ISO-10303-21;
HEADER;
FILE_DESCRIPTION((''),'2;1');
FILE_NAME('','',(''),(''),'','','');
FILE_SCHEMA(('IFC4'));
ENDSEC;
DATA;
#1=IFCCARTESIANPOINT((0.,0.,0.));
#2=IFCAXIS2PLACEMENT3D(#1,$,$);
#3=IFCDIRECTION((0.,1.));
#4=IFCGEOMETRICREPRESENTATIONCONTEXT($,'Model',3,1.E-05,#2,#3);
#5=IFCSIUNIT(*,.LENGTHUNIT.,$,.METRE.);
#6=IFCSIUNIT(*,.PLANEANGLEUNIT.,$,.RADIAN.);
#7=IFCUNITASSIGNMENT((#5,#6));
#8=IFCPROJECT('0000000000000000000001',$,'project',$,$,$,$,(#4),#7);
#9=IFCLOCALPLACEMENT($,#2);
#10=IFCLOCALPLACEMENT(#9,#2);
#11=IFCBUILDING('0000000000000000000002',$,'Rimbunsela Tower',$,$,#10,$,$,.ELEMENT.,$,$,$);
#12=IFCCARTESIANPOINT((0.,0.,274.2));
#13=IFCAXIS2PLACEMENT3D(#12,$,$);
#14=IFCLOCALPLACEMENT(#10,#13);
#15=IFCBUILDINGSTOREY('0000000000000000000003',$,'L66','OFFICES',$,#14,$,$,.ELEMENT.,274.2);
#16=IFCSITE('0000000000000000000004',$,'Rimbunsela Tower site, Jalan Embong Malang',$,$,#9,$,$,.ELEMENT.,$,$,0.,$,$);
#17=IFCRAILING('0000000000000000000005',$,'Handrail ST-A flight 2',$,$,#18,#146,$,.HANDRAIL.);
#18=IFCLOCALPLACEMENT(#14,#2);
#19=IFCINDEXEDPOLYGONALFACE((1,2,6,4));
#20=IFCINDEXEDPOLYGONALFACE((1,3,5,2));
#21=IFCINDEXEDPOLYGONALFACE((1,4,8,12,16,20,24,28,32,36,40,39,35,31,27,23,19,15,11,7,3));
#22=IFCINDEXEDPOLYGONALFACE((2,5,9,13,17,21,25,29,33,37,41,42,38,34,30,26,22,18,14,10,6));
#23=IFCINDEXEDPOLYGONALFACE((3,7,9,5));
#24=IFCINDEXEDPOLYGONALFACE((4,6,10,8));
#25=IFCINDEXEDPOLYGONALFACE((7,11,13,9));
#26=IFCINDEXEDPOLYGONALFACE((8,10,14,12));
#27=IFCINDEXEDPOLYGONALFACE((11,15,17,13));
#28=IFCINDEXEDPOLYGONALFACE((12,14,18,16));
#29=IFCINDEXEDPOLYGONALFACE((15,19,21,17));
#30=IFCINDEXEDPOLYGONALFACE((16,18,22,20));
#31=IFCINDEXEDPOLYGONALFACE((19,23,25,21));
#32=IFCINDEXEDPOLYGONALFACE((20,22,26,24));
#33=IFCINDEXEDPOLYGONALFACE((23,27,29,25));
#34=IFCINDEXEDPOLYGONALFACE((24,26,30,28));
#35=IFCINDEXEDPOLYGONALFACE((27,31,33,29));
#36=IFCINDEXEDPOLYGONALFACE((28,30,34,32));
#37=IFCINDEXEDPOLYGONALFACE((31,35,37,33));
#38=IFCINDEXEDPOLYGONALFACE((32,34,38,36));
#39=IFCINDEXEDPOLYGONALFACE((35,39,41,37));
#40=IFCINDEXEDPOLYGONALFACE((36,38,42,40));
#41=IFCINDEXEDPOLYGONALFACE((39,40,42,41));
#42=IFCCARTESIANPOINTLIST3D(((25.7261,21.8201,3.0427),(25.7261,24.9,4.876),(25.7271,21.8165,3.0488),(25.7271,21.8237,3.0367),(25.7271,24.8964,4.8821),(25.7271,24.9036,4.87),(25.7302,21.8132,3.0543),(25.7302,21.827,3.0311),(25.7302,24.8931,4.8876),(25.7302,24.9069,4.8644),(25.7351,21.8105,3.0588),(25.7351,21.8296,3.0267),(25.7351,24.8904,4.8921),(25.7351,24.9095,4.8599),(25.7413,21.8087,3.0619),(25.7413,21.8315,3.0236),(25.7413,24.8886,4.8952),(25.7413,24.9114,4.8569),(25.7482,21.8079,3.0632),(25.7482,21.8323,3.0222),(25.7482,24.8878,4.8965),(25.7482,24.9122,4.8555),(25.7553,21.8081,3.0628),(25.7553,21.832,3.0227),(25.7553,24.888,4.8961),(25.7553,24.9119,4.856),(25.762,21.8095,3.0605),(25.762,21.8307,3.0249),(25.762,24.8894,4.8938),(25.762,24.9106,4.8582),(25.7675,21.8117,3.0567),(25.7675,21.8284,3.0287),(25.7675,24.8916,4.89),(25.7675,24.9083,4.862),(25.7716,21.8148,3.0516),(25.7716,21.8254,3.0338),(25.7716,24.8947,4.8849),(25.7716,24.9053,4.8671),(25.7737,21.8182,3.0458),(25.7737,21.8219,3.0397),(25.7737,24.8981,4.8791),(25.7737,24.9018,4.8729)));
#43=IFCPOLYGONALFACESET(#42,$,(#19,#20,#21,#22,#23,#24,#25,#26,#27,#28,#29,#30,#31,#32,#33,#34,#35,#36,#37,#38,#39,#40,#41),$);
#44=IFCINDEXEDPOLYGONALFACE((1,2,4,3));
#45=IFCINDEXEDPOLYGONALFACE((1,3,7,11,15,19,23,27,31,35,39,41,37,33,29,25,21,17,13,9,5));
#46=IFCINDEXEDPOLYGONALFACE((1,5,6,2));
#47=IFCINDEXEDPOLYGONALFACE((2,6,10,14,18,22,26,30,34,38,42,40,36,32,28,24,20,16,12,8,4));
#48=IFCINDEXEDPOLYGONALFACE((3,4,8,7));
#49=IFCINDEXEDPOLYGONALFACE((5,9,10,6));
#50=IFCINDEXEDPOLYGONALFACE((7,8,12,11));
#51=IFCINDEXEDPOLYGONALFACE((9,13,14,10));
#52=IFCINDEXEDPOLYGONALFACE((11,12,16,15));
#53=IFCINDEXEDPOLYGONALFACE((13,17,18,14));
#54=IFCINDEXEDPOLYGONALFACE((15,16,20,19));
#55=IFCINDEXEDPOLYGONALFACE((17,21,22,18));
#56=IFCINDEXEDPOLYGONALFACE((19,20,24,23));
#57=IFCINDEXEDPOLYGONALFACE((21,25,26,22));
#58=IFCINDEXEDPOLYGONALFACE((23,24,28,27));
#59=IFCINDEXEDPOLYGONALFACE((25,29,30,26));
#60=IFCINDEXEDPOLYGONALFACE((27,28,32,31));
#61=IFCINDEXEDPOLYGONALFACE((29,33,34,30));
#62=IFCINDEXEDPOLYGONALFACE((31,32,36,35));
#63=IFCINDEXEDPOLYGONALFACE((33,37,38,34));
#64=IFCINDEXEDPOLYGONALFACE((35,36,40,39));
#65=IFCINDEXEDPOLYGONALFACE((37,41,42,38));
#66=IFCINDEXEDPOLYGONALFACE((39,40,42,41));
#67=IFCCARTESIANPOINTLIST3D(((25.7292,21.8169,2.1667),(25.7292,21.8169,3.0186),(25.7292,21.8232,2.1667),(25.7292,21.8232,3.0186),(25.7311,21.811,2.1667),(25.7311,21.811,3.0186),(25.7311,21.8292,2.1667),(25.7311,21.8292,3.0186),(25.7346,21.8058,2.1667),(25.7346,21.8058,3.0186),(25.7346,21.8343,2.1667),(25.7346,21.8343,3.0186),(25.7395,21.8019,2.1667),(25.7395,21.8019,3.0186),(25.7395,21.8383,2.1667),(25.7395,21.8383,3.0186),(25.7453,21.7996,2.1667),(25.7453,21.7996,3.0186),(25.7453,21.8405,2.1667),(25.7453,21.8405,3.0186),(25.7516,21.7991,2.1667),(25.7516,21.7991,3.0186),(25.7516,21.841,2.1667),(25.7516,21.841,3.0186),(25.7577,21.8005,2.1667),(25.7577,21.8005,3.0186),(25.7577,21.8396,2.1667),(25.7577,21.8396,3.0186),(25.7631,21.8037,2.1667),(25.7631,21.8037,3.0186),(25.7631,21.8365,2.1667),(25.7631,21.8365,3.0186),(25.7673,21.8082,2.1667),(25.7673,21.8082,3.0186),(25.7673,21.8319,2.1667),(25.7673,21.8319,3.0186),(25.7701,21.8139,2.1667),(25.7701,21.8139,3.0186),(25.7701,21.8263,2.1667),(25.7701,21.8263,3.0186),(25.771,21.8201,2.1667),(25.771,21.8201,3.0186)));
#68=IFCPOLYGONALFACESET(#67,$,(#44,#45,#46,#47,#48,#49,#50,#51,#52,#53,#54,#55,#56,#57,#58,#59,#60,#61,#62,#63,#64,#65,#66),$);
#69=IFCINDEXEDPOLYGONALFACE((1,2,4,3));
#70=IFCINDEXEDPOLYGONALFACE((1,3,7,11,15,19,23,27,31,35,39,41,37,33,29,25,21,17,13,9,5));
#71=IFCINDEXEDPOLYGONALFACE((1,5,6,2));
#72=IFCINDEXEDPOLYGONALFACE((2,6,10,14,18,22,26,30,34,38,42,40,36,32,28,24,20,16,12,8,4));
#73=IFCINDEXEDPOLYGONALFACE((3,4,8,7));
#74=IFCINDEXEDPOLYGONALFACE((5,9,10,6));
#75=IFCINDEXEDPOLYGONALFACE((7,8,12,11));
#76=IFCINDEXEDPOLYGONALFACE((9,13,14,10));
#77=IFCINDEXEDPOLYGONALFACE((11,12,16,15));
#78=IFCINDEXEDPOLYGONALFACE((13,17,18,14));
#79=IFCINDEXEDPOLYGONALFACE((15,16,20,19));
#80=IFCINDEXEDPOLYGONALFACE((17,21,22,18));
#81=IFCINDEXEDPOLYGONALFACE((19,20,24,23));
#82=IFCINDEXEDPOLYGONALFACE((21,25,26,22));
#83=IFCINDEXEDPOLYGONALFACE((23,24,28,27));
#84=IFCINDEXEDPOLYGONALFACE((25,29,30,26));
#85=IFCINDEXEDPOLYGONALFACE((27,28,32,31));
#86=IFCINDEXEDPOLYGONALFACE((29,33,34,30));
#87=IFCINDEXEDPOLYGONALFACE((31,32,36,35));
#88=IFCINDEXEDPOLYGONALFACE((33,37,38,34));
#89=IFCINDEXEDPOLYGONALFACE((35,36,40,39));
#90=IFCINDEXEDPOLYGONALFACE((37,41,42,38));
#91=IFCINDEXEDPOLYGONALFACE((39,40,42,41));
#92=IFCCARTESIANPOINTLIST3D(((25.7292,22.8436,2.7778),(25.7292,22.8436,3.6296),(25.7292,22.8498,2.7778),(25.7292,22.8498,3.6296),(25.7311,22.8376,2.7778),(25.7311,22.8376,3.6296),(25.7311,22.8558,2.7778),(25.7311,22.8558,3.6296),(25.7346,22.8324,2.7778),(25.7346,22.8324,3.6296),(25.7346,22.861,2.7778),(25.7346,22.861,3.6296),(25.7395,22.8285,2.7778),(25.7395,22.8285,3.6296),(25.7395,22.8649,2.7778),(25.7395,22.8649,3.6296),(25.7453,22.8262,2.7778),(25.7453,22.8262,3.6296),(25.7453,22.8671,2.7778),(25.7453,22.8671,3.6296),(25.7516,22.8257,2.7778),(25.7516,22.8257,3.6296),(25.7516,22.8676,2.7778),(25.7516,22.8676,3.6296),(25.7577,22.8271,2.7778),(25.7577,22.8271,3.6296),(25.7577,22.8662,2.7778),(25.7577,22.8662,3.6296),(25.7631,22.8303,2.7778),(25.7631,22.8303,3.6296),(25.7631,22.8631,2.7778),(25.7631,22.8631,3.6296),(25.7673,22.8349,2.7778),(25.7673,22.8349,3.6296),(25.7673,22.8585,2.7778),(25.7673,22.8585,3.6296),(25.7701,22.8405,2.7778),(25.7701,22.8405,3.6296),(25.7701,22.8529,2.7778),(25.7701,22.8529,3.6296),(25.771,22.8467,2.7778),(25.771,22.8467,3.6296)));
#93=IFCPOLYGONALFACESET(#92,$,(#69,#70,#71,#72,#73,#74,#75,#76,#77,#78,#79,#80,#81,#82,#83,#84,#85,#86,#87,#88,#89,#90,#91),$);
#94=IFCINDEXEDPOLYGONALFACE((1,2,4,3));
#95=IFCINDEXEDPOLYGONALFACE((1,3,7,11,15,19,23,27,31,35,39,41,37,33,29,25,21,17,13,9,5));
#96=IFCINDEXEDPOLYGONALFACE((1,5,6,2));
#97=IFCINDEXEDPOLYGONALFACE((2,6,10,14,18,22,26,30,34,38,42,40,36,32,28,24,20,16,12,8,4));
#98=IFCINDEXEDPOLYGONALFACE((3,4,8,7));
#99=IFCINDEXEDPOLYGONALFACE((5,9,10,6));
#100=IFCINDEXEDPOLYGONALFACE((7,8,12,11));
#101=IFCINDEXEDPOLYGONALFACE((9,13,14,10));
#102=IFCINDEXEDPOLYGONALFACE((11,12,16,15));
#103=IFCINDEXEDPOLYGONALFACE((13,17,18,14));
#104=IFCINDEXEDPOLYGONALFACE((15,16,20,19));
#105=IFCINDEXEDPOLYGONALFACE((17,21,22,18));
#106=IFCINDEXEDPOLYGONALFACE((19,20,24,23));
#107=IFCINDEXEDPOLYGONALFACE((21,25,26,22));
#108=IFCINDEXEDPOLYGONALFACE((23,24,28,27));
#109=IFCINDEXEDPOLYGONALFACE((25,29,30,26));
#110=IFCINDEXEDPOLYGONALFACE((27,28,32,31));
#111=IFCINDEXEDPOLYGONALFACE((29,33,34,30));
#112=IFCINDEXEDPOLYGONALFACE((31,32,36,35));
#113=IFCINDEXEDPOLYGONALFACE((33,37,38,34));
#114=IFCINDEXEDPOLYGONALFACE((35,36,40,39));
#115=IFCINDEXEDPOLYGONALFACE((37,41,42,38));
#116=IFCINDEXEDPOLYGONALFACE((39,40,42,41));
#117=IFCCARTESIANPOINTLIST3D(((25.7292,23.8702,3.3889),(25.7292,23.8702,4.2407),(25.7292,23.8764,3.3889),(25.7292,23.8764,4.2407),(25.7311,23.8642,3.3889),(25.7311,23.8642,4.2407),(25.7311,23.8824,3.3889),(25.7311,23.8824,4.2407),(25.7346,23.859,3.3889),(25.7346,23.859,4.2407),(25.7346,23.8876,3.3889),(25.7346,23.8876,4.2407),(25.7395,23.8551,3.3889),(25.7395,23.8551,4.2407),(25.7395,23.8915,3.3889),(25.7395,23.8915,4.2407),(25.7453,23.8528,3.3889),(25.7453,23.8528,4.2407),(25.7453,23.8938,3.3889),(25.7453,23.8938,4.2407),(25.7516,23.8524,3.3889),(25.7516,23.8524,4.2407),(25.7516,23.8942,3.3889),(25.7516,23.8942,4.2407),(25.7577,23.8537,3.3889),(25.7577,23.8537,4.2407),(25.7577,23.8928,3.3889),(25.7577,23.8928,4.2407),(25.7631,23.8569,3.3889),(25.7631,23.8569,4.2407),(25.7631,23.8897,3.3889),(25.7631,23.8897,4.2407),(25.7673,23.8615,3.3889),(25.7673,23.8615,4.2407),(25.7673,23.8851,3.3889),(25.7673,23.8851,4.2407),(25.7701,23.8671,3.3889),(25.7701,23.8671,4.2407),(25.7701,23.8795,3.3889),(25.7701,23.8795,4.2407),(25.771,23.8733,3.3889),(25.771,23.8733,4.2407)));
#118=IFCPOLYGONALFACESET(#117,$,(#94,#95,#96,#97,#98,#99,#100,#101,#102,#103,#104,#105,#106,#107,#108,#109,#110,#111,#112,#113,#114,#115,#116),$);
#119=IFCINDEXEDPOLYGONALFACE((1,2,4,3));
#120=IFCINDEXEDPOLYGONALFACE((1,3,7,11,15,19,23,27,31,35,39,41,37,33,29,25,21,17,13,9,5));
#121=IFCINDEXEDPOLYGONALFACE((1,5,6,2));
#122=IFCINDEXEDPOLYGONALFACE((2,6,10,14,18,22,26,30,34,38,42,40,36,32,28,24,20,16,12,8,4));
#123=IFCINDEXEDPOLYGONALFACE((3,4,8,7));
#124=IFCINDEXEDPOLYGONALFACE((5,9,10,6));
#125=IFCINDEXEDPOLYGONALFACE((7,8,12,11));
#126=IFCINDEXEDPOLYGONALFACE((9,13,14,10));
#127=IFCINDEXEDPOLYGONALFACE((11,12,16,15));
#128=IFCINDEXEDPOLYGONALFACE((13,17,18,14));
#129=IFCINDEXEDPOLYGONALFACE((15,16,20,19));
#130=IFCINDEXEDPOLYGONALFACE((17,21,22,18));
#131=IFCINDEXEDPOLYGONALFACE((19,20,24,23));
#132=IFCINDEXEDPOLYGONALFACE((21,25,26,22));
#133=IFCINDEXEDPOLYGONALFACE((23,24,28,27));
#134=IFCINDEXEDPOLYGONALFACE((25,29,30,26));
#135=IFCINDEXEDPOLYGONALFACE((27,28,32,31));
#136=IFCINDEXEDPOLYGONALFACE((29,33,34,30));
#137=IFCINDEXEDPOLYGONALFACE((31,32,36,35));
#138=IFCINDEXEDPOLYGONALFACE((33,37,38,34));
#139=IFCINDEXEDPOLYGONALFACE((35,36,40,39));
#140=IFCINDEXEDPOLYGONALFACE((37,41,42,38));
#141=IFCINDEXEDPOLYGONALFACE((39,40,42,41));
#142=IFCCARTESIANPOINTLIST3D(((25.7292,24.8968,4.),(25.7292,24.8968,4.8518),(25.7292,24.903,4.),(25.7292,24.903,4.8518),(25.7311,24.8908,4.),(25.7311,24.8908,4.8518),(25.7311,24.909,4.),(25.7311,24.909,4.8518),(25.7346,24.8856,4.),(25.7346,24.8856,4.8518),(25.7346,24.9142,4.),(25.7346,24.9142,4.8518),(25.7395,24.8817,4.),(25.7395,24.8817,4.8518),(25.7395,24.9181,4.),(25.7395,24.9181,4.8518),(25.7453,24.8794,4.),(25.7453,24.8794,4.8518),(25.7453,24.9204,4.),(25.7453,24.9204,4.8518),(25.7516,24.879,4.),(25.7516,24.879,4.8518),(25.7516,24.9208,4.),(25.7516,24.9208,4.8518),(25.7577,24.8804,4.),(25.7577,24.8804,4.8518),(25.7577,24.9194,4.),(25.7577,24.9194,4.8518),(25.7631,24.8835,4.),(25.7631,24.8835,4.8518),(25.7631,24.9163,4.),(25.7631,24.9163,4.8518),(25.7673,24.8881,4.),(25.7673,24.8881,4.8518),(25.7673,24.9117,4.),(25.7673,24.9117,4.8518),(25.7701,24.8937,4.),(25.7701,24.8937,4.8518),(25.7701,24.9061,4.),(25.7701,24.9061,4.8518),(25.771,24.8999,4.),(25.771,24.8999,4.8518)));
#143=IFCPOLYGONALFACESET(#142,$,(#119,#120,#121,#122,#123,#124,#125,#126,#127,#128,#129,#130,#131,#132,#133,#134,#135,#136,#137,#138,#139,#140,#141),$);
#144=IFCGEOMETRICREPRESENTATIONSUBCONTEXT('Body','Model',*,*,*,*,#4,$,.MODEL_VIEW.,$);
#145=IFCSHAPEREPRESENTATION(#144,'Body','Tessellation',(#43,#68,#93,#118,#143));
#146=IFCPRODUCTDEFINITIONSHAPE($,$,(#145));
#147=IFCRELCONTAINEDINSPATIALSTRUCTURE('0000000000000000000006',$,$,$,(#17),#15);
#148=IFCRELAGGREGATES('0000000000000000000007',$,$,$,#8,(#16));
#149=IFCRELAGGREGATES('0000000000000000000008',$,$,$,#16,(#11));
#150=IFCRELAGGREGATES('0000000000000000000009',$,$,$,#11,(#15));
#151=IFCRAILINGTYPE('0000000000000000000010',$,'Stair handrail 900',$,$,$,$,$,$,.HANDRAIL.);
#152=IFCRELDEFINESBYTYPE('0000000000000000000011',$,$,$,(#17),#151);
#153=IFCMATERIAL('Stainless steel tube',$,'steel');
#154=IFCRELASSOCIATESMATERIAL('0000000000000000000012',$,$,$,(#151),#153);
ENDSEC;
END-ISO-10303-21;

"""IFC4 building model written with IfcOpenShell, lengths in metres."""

from ifc_helpers import new_model, si_unit, direction, frame, origin, origin_2d, place, context, subcontext, project, spatial, circle, extrude, material, type_object, element, save


model = new_model("IFC4")

# Units and contexts
model_context = context("Model", 3, precision=1e-05, world=origin(), true_north=direction((0.0, 1.0)))
body_context = subcontext(model_context, "Body", "Model", "MODEL_VIEW")
ifc_project = project(units=[si_unit("LENGTHUNIT", "METRE"), si_unit("PLANEANGLEUNIT", "RADIAN")], contexts=[model_context])

# Site, building, storey
site_placement = place(None, origin())
site = spatial("IfcSite", under=ifc_project, at=site_placement, Name="Rimbunsela Tower site, Jalan Embong Malang", CompositionType="ELEMENT", RefElevation=0.0)
building_placement = place(site_placement, origin())
building = spatial("IfcBuilding", under=site, at=building_placement, Name="Rimbunsela Tower", CompositionType="ELEMENT")
storey_placement = place(building_placement, frame((0.0, 0.0, 274.2)))
storey = spatial("IfcBuildingStorey", under=building, at=storey_placement, Name="L66", Description="OFFICES", CompositionType="ELEMENT", Elevation=274.2)

# Railing
ifc_material_1 = material(Name="Stainless steel tube", Category="steel")
railing_type = type_object("IfcRailingType", Name="Stair handrail 900", PredefinedType="HANDRAIL", material=ifc_material_1)
for number, where, name in (
    (1, (25.75, 21.8201, 2.1667), "Handrail ST-A flight 2"),
):
    element("IfcRailing", number, at=place(storey_placement, frame(where)), inside=storey, type_object=railing_type, Name=name, PredefinedType="HANDRAIL", context=body_context, shape_type="SweptSolid", body=[
        extrude(circle(Radius=0.0239, at=origin_2d()), frame((0.0, 0.0, 0.876), z_axis=(0.0, 0.859291, 0.511487), x_axis=(-1.0, 0.0, 0.0)), (0.0, 0.0, 1.0), 3.5842),
        extrude(circle(Radius=0.021, at=origin_2d()), origin(), (0.0, 0.0, 1.0), 0.8518),
        extrude(circle(Radius=0.021, at=origin_2d()), frame((0.0, 1.0266, 0.6111)), (0.0, 0.0, 1.0), 0.8518),
        extrude(circle(Radius=0.021, at=origin_2d()), frame((0.0, 2.0532, 1.2222)), (0.0, 0.0, 1.0), 0.8518),
        extrude(circle(Radius=0.021, at=origin_2d()), frame((0.0, 3.0798, 1.8333)), (0.0, 0.0, 1.0), 0.8518),
    ])

save(model, "model.ifc")
